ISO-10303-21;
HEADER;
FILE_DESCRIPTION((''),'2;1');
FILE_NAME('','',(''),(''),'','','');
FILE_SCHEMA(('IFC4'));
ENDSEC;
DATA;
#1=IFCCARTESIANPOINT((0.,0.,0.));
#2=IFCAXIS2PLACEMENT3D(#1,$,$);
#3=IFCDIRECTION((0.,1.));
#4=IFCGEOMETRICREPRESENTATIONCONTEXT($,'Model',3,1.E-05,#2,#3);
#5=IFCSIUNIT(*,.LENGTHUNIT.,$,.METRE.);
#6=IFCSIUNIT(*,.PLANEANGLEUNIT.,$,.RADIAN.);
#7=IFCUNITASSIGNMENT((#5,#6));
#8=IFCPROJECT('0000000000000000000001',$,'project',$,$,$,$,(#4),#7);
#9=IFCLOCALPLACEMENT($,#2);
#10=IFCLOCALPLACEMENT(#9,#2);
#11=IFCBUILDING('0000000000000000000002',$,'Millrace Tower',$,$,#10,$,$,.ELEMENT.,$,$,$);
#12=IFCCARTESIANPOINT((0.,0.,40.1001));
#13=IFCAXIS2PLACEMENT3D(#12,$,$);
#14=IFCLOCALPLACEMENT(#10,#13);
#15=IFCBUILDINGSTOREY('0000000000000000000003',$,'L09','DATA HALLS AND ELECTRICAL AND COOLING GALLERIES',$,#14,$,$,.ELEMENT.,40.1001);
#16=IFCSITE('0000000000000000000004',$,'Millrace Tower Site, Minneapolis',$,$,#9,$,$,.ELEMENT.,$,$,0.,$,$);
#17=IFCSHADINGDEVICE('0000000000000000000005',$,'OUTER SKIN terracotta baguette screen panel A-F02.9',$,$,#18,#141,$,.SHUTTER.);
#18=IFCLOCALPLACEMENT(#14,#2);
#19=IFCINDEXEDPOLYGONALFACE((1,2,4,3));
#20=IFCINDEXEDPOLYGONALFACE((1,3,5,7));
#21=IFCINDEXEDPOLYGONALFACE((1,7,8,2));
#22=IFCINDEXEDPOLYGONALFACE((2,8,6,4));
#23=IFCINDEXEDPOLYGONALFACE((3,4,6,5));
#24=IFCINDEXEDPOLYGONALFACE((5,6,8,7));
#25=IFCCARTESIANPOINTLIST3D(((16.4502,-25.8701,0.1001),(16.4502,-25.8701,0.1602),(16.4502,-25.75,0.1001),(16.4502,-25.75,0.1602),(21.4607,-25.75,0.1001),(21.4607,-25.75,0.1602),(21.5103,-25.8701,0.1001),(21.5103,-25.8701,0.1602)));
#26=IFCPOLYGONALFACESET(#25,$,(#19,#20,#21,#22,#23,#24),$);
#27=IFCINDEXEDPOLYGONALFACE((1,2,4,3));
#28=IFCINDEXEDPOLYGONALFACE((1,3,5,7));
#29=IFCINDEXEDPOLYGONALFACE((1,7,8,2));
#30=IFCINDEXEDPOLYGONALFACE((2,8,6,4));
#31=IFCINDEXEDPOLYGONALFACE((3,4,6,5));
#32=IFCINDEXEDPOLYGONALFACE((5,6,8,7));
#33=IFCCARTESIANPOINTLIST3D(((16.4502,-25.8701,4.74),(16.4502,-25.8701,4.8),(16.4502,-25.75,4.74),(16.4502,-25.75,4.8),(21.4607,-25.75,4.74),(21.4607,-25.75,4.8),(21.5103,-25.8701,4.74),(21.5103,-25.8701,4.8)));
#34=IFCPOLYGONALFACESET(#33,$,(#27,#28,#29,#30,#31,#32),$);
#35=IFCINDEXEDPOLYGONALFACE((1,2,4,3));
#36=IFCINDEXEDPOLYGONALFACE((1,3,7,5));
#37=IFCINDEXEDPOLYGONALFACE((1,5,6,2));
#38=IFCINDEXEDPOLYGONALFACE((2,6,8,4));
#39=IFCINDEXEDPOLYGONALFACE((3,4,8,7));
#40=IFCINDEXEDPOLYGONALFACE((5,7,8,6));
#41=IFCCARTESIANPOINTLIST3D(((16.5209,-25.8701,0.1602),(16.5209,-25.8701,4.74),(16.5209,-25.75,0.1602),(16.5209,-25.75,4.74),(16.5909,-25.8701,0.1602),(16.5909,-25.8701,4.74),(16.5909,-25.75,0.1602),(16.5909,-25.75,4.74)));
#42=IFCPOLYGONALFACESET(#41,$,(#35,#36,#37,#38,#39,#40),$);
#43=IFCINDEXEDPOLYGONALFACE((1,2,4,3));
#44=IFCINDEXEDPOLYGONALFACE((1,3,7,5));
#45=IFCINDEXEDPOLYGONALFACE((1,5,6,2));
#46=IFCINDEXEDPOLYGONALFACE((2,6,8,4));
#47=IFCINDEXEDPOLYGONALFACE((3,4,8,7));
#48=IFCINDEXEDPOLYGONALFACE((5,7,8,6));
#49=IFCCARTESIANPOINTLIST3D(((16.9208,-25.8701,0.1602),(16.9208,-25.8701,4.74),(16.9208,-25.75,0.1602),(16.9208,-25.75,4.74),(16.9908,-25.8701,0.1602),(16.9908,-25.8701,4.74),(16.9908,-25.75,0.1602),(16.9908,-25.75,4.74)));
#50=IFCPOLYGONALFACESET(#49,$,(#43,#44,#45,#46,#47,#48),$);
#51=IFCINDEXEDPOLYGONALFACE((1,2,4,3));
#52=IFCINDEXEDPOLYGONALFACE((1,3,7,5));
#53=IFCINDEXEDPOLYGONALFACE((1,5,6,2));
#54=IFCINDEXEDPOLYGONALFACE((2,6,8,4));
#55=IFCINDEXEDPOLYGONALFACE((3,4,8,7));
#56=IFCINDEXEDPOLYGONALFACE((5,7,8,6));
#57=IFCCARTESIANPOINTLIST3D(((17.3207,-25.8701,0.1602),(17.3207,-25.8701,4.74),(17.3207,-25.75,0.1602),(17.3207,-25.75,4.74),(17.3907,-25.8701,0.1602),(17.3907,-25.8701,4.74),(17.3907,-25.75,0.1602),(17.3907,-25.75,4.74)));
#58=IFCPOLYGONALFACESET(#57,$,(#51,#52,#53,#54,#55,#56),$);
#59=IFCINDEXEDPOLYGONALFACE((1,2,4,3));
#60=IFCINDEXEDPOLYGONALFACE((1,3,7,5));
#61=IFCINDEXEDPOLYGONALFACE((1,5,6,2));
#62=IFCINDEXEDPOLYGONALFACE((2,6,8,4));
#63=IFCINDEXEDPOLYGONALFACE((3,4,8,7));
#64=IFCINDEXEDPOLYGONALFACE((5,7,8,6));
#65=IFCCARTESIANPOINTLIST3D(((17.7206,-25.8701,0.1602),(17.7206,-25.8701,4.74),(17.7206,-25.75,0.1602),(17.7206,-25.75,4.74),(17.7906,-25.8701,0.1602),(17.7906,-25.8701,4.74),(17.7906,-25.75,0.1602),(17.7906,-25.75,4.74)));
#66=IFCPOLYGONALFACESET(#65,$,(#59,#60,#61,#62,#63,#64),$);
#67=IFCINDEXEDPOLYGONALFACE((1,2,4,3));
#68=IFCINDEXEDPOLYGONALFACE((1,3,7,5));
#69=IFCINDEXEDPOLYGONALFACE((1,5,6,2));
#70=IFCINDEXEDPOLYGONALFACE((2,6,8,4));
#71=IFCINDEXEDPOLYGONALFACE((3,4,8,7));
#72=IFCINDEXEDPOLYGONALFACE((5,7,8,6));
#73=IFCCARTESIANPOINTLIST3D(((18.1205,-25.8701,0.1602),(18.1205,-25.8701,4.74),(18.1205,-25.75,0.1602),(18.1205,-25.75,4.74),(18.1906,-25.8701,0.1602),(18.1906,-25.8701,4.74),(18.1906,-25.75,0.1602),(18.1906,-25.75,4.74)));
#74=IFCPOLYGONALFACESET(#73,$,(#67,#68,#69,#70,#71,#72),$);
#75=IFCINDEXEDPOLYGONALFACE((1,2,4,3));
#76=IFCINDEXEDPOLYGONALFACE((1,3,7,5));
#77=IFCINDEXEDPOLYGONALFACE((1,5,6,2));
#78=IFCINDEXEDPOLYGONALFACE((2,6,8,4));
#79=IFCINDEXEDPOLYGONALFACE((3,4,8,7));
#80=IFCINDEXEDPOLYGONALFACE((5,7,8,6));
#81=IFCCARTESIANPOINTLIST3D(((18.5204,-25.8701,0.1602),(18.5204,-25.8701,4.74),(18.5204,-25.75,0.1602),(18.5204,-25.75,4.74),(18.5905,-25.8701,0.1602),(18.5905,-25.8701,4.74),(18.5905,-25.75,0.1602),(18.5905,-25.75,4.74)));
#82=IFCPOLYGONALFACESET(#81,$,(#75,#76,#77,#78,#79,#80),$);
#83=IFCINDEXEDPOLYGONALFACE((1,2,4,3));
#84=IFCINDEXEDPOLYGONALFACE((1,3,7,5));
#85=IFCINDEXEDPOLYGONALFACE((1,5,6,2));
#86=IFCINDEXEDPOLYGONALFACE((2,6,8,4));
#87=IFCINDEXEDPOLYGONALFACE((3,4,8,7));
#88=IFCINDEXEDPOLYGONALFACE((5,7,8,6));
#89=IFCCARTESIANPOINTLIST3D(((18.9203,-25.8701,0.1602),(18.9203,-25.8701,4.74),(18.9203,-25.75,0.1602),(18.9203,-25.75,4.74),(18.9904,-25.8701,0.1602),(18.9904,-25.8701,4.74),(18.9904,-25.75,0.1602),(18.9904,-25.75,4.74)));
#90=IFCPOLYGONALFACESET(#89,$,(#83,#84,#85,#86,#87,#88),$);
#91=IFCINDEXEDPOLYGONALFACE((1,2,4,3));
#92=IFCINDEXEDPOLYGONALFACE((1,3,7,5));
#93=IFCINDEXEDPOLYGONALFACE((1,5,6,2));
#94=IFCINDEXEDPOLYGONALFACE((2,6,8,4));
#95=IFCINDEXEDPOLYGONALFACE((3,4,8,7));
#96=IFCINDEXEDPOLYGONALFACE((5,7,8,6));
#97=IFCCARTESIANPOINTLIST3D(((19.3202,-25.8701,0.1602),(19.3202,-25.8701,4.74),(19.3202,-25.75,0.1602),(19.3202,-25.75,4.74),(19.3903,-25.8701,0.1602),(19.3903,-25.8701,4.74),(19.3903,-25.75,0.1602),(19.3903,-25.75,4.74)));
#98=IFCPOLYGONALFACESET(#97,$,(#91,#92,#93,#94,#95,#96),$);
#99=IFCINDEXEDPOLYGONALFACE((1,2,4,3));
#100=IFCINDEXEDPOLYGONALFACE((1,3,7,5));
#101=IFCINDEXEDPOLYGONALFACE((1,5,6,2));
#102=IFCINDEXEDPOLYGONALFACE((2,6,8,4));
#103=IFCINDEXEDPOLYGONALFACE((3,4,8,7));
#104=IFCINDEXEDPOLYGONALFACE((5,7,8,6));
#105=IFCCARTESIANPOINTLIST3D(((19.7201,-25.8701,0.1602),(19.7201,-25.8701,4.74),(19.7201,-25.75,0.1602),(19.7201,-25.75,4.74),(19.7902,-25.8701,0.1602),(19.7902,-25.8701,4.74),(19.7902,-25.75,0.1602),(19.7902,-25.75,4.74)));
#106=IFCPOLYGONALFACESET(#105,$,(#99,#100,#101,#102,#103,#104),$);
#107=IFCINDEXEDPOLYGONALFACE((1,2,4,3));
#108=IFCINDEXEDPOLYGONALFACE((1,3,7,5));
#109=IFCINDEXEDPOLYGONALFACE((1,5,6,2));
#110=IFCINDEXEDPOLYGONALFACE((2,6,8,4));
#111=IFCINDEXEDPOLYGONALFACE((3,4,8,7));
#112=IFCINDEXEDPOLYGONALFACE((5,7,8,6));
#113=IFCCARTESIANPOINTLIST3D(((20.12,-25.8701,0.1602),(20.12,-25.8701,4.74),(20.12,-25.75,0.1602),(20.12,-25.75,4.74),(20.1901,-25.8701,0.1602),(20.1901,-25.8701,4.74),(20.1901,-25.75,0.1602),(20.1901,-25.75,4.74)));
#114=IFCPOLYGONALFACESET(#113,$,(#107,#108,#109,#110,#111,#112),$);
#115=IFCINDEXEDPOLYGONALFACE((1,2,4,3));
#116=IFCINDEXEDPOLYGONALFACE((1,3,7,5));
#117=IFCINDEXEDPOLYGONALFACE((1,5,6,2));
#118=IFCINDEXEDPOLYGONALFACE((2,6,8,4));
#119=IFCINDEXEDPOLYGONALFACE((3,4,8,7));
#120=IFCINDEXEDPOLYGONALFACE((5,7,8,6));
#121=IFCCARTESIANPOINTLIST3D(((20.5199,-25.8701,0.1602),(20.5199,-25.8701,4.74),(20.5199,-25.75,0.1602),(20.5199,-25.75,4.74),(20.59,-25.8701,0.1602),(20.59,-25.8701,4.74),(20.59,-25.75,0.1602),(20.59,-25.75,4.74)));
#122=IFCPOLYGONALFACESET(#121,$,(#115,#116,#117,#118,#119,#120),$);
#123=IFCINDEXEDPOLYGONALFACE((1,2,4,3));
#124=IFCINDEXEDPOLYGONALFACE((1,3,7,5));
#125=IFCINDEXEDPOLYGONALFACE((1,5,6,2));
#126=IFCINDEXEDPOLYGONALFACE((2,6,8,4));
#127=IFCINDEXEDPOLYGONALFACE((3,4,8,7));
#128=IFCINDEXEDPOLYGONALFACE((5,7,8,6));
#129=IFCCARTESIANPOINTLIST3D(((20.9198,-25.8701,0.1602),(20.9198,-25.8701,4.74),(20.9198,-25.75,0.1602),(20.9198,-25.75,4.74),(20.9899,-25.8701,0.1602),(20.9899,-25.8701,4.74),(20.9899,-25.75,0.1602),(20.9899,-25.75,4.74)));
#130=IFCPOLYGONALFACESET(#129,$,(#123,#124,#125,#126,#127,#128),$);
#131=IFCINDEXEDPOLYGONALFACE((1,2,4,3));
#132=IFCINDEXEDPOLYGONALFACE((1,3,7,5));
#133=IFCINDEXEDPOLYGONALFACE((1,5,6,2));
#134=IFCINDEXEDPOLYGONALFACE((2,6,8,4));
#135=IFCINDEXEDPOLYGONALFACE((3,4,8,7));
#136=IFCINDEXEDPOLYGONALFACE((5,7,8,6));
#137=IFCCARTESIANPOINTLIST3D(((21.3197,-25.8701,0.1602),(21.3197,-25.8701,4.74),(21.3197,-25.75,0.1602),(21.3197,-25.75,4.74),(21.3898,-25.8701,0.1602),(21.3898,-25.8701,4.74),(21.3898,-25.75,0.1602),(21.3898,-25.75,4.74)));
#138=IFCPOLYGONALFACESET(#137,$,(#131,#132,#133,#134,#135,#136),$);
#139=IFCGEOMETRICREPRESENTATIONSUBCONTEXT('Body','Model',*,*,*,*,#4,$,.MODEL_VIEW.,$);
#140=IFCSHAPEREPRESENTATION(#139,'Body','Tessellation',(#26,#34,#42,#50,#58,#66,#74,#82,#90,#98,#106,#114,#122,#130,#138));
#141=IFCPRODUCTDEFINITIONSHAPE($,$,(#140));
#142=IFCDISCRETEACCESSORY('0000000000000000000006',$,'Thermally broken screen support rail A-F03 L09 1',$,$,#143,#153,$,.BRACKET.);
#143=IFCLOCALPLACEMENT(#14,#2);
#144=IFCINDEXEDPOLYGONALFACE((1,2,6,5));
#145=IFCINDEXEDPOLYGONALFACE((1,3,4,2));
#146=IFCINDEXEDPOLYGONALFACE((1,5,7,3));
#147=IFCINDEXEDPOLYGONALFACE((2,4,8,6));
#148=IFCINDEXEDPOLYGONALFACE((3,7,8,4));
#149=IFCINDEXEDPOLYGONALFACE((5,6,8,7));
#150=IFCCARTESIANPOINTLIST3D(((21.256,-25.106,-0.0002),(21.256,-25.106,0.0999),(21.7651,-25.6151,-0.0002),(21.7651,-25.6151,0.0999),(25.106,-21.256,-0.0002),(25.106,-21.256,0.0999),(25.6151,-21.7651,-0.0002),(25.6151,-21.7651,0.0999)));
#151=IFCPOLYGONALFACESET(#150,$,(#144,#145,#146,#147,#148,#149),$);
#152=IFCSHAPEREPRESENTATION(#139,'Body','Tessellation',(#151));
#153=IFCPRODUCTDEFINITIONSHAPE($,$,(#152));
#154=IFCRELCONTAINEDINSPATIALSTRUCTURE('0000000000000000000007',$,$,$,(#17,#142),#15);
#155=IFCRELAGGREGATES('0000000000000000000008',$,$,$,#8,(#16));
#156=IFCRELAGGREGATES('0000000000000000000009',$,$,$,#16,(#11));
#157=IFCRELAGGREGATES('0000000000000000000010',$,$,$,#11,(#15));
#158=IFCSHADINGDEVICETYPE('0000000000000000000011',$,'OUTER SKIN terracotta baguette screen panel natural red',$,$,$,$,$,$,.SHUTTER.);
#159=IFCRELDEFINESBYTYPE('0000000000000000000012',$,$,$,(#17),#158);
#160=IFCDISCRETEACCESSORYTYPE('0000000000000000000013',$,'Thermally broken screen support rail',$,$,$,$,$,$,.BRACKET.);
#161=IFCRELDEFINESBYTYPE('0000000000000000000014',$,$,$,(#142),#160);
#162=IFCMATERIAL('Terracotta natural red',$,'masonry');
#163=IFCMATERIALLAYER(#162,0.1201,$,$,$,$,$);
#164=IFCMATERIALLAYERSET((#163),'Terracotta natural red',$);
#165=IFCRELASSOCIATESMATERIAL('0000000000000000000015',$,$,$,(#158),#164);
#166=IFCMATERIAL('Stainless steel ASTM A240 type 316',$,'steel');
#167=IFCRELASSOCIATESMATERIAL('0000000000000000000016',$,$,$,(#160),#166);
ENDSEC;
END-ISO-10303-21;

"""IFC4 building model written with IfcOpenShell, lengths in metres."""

from ifc_helpers import new_model, entity, si_unit, direction, frame, frame_2d, origin, origin_2d, place, context, subcontext, project, spatial, rectangle, extrude, source, transform, mapped, material, layer, layer_set, type_object, element, save


model = new_model("IFC4")

# Units and contexts
model_context = context("Model", 3, precision=1e-05, world=origin(), true_north=direction((0.0, 1.0)))
body_context = subcontext(model_context, "Body", "Model", "MODEL_VIEW")
ifc_project = project(units=[si_unit("LENGTHUNIT", "METRE"), si_unit("PLANEANGLEUNIT", "RADIAN")], contexts=[model_context])

# Site, building, storey
site_placement = place(None, origin())
site = spatial("IfcSite", under=ifc_project, at=site_placement, Name="Millrace Tower Site, Minneapolis", CompositionType="ELEMENT", RefElevation=0.0)
building_placement = place(site_placement, origin())
building = spatial("IfcBuilding", under=site, at=building_placement, Name="Millrace Tower", CompositionType="ELEMENT")
storey_placement = place(building_placement, frame((0.0, 0.0, 40.1001)))
storey = spatial("IfcBuildingStorey", under=building, at=storey_placement, Name="L09", Description="DATA HALLS AND ELECTRICAL AND COOLING GALLERIES", CompositionType="ELEMENT", Elevation=40.1001)

# Shading device
ifc_material_1 = material(Name="Terracotta natural red", Category="masonry")
ifc_layer_1 = layer(ifc_material_1, 0.1201)
ifc_layer_set_1 = layer_set([ifc_layer_1], Name="Terracotta natural red")
shading_device_type_1 = type_object("IfcShadingDeviceType", Name="OUTER SKIN terracotta baguette screen panel natural red", PredefinedType="SHUTTER", material=ifc_layer_set_1)
cartesian_point_1 = entity("IfcCartesianPoint", [-2.5176, 0.0601])
shared_polyline_1 = entity("IfcPolyline", [cartesian_point_1, entity("IfcCartesianPoint", [2.4929, 0.0601]), entity("IfcCartesianPoint", [2.5425, -0.0601]), entity("IfcCartesianPoint", [-2.5176, -0.0601]), cartesian_point_1])
shared_shape_1 = source(origin(), body_context, "Body", "SweptSolid", [
    entity("IfcExtrudedAreaSolid", entity("IfcArbitraryClosedProfileDef", "AREA", None, shared_polyline_1), entity("IfcAxis2Placement3D", entity("IfcCartesianPoint", [0.0, 0.0, 0.0])), entity("IfcDirection", [0.0, 0.0, 1.0]), 0.0601),
    entity("IfcExtrudedAreaSolid", entity("IfcArbitraryClosedProfileDef", "AREA", None, shared_polyline_1), entity("IfcAxis2Placement3D", entity("IfcCartesianPoint", [0.0, 0.0, 4.6399])), entity("IfcDirection", [0.0, 0.0, 1.0]), 0.0601),
    extrude(rectangle(XDim=0.0701, YDim=0.1201, at=frame_2d((-2.4119, 0.0))), frame((0.0, 0.0, 0.0601)), (0.0, 0.0, 1.0), 4.5798),
    extrude(rectangle(XDim=0.0701, YDim=0.1201, at=frame_2d((-2.012, 0.0))), frame((0.0, 0.0, 0.0601)), (0.0, 0.0, 1.0), 4.5798),
    extrude(rectangle(XDim=0.0701, YDim=0.1201, at=frame_2d((-1.6121, 0.0))), frame((0.0, 0.0, 0.0601)), (0.0, 0.0, 1.0), 4.5798),
    extrude(rectangle(XDim=0.0701, YDim=0.1201, at=frame_2d((-1.2122, 0.0))), frame((0.0, 0.0, 0.0601)), (0.0, 0.0, 1.0), 4.5798),
    extrude(rectangle(XDim=0.0701, YDim=0.1201, at=frame_2d((-0.8123, 0.0))), frame((0.0, 0.0, 0.0601)), (0.0, 0.0, 1.0), 4.5798),
    extrude(rectangle(XDim=0.0701, YDim=0.1201, at=frame_2d((-0.4124, 0.0))), frame((0.0, 0.0, 0.0601)), (0.0, 0.0, 1.0), 4.5798),
    extrude(rectangle(XDim=0.0701, YDim=0.1201, at=frame_2d((-0.0125, 0.0))), frame((0.0, 0.0, 0.0601)), (0.0, 0.0, 1.0), 4.5798),
    extrude(rectangle(XDim=0.0701, YDim=0.1201, at=frame_2d((0.3875, 0.0))), frame((0.0, 0.0, 0.0601)), (0.0, 0.0, 1.0), 4.5798),
    extrude(rectangle(XDim=0.0701, YDim=0.1201, at=frame_2d((0.7874, 0.0))), frame((0.0, 0.0, 0.0601)), (0.0, 0.0, 1.0), 4.5798),
    extrude(rectangle(XDim=0.0701, YDim=0.1201, at=frame_2d((1.1873, 0.0))), frame((0.0, 0.0, 0.0601)), (0.0, 0.0, 1.0), 4.5798),
    extrude(rectangle(XDim=0.0701, YDim=0.1201, at=frame_2d((1.5872, 0.0))), frame((0.0, 0.0, 0.0601)), (0.0, 0.0, 1.0), 4.5798),
    extrude(rectangle(XDim=0.0701, YDim=0.1201, at=frame_2d((1.9871, 0.0))), frame((0.0, 0.0, 0.0601)), (0.0, 0.0, 1.0), 4.5798),
    extrude(rectangle(XDim=0.0701, YDim=0.1201, at=frame_2d((2.387, 0.0))), frame((0.0, 0.0, 0.0601)), (0.0, 0.0, 1.0), 4.5798),
])
shading_device_1_placement = place(storey_placement, frame((18.9678, -25.8101, 0.1001), z_axis=(0.0, 0.0, 1.0), x_axis=(1.0, 0.0, 0.0)))
element("IfcShadingDevice", 1, at=shading_device_1_placement, inside=storey, type_object=shading_device_type_1, Name="OUTER SKIN terracotta baguette screen panel A-F02.9", PredefinedType="SHUTTER", context=body_context, shape_type="MappedRepresentation", body=[
    mapped(shared_shape_1, transform((0.0, 0.0, 0.0), scale=1.0)),
])

# Discrete accessory
ifc_material_2 = material(Name="Stainless steel ASTM A240 type 316", Category="steel")
discrete_accessory_type = type_object("IfcDiscreteAccessoryType", Name="Thermally broken screen support rail", PredefinedType="BRACKET", material=ifc_material_2)
discrete_accessory_placement = place(storey_placement, frame((23.4355, -23.4355, -0.0002), z_axis=(0.0, 0.0, 1.0), x_axis=(0.707107, 0.707107, 0.0)))
element("IfcDiscreteAccessory", 2, at=discrete_accessory_placement, inside=storey, type_object=discrete_accessory_type, Name="Thermally broken screen support rail A-F03 L09 1", PredefinedType="BRACKET", context=body_context, shape_type="SweptSolid", body=[
    extrude(rectangle(XDim=5.4448, YDim=0.72, at=origin_2d()), origin(), (0.0, 0.0, 1.0), 0.1001),
])

save(model, "model.ifc")
